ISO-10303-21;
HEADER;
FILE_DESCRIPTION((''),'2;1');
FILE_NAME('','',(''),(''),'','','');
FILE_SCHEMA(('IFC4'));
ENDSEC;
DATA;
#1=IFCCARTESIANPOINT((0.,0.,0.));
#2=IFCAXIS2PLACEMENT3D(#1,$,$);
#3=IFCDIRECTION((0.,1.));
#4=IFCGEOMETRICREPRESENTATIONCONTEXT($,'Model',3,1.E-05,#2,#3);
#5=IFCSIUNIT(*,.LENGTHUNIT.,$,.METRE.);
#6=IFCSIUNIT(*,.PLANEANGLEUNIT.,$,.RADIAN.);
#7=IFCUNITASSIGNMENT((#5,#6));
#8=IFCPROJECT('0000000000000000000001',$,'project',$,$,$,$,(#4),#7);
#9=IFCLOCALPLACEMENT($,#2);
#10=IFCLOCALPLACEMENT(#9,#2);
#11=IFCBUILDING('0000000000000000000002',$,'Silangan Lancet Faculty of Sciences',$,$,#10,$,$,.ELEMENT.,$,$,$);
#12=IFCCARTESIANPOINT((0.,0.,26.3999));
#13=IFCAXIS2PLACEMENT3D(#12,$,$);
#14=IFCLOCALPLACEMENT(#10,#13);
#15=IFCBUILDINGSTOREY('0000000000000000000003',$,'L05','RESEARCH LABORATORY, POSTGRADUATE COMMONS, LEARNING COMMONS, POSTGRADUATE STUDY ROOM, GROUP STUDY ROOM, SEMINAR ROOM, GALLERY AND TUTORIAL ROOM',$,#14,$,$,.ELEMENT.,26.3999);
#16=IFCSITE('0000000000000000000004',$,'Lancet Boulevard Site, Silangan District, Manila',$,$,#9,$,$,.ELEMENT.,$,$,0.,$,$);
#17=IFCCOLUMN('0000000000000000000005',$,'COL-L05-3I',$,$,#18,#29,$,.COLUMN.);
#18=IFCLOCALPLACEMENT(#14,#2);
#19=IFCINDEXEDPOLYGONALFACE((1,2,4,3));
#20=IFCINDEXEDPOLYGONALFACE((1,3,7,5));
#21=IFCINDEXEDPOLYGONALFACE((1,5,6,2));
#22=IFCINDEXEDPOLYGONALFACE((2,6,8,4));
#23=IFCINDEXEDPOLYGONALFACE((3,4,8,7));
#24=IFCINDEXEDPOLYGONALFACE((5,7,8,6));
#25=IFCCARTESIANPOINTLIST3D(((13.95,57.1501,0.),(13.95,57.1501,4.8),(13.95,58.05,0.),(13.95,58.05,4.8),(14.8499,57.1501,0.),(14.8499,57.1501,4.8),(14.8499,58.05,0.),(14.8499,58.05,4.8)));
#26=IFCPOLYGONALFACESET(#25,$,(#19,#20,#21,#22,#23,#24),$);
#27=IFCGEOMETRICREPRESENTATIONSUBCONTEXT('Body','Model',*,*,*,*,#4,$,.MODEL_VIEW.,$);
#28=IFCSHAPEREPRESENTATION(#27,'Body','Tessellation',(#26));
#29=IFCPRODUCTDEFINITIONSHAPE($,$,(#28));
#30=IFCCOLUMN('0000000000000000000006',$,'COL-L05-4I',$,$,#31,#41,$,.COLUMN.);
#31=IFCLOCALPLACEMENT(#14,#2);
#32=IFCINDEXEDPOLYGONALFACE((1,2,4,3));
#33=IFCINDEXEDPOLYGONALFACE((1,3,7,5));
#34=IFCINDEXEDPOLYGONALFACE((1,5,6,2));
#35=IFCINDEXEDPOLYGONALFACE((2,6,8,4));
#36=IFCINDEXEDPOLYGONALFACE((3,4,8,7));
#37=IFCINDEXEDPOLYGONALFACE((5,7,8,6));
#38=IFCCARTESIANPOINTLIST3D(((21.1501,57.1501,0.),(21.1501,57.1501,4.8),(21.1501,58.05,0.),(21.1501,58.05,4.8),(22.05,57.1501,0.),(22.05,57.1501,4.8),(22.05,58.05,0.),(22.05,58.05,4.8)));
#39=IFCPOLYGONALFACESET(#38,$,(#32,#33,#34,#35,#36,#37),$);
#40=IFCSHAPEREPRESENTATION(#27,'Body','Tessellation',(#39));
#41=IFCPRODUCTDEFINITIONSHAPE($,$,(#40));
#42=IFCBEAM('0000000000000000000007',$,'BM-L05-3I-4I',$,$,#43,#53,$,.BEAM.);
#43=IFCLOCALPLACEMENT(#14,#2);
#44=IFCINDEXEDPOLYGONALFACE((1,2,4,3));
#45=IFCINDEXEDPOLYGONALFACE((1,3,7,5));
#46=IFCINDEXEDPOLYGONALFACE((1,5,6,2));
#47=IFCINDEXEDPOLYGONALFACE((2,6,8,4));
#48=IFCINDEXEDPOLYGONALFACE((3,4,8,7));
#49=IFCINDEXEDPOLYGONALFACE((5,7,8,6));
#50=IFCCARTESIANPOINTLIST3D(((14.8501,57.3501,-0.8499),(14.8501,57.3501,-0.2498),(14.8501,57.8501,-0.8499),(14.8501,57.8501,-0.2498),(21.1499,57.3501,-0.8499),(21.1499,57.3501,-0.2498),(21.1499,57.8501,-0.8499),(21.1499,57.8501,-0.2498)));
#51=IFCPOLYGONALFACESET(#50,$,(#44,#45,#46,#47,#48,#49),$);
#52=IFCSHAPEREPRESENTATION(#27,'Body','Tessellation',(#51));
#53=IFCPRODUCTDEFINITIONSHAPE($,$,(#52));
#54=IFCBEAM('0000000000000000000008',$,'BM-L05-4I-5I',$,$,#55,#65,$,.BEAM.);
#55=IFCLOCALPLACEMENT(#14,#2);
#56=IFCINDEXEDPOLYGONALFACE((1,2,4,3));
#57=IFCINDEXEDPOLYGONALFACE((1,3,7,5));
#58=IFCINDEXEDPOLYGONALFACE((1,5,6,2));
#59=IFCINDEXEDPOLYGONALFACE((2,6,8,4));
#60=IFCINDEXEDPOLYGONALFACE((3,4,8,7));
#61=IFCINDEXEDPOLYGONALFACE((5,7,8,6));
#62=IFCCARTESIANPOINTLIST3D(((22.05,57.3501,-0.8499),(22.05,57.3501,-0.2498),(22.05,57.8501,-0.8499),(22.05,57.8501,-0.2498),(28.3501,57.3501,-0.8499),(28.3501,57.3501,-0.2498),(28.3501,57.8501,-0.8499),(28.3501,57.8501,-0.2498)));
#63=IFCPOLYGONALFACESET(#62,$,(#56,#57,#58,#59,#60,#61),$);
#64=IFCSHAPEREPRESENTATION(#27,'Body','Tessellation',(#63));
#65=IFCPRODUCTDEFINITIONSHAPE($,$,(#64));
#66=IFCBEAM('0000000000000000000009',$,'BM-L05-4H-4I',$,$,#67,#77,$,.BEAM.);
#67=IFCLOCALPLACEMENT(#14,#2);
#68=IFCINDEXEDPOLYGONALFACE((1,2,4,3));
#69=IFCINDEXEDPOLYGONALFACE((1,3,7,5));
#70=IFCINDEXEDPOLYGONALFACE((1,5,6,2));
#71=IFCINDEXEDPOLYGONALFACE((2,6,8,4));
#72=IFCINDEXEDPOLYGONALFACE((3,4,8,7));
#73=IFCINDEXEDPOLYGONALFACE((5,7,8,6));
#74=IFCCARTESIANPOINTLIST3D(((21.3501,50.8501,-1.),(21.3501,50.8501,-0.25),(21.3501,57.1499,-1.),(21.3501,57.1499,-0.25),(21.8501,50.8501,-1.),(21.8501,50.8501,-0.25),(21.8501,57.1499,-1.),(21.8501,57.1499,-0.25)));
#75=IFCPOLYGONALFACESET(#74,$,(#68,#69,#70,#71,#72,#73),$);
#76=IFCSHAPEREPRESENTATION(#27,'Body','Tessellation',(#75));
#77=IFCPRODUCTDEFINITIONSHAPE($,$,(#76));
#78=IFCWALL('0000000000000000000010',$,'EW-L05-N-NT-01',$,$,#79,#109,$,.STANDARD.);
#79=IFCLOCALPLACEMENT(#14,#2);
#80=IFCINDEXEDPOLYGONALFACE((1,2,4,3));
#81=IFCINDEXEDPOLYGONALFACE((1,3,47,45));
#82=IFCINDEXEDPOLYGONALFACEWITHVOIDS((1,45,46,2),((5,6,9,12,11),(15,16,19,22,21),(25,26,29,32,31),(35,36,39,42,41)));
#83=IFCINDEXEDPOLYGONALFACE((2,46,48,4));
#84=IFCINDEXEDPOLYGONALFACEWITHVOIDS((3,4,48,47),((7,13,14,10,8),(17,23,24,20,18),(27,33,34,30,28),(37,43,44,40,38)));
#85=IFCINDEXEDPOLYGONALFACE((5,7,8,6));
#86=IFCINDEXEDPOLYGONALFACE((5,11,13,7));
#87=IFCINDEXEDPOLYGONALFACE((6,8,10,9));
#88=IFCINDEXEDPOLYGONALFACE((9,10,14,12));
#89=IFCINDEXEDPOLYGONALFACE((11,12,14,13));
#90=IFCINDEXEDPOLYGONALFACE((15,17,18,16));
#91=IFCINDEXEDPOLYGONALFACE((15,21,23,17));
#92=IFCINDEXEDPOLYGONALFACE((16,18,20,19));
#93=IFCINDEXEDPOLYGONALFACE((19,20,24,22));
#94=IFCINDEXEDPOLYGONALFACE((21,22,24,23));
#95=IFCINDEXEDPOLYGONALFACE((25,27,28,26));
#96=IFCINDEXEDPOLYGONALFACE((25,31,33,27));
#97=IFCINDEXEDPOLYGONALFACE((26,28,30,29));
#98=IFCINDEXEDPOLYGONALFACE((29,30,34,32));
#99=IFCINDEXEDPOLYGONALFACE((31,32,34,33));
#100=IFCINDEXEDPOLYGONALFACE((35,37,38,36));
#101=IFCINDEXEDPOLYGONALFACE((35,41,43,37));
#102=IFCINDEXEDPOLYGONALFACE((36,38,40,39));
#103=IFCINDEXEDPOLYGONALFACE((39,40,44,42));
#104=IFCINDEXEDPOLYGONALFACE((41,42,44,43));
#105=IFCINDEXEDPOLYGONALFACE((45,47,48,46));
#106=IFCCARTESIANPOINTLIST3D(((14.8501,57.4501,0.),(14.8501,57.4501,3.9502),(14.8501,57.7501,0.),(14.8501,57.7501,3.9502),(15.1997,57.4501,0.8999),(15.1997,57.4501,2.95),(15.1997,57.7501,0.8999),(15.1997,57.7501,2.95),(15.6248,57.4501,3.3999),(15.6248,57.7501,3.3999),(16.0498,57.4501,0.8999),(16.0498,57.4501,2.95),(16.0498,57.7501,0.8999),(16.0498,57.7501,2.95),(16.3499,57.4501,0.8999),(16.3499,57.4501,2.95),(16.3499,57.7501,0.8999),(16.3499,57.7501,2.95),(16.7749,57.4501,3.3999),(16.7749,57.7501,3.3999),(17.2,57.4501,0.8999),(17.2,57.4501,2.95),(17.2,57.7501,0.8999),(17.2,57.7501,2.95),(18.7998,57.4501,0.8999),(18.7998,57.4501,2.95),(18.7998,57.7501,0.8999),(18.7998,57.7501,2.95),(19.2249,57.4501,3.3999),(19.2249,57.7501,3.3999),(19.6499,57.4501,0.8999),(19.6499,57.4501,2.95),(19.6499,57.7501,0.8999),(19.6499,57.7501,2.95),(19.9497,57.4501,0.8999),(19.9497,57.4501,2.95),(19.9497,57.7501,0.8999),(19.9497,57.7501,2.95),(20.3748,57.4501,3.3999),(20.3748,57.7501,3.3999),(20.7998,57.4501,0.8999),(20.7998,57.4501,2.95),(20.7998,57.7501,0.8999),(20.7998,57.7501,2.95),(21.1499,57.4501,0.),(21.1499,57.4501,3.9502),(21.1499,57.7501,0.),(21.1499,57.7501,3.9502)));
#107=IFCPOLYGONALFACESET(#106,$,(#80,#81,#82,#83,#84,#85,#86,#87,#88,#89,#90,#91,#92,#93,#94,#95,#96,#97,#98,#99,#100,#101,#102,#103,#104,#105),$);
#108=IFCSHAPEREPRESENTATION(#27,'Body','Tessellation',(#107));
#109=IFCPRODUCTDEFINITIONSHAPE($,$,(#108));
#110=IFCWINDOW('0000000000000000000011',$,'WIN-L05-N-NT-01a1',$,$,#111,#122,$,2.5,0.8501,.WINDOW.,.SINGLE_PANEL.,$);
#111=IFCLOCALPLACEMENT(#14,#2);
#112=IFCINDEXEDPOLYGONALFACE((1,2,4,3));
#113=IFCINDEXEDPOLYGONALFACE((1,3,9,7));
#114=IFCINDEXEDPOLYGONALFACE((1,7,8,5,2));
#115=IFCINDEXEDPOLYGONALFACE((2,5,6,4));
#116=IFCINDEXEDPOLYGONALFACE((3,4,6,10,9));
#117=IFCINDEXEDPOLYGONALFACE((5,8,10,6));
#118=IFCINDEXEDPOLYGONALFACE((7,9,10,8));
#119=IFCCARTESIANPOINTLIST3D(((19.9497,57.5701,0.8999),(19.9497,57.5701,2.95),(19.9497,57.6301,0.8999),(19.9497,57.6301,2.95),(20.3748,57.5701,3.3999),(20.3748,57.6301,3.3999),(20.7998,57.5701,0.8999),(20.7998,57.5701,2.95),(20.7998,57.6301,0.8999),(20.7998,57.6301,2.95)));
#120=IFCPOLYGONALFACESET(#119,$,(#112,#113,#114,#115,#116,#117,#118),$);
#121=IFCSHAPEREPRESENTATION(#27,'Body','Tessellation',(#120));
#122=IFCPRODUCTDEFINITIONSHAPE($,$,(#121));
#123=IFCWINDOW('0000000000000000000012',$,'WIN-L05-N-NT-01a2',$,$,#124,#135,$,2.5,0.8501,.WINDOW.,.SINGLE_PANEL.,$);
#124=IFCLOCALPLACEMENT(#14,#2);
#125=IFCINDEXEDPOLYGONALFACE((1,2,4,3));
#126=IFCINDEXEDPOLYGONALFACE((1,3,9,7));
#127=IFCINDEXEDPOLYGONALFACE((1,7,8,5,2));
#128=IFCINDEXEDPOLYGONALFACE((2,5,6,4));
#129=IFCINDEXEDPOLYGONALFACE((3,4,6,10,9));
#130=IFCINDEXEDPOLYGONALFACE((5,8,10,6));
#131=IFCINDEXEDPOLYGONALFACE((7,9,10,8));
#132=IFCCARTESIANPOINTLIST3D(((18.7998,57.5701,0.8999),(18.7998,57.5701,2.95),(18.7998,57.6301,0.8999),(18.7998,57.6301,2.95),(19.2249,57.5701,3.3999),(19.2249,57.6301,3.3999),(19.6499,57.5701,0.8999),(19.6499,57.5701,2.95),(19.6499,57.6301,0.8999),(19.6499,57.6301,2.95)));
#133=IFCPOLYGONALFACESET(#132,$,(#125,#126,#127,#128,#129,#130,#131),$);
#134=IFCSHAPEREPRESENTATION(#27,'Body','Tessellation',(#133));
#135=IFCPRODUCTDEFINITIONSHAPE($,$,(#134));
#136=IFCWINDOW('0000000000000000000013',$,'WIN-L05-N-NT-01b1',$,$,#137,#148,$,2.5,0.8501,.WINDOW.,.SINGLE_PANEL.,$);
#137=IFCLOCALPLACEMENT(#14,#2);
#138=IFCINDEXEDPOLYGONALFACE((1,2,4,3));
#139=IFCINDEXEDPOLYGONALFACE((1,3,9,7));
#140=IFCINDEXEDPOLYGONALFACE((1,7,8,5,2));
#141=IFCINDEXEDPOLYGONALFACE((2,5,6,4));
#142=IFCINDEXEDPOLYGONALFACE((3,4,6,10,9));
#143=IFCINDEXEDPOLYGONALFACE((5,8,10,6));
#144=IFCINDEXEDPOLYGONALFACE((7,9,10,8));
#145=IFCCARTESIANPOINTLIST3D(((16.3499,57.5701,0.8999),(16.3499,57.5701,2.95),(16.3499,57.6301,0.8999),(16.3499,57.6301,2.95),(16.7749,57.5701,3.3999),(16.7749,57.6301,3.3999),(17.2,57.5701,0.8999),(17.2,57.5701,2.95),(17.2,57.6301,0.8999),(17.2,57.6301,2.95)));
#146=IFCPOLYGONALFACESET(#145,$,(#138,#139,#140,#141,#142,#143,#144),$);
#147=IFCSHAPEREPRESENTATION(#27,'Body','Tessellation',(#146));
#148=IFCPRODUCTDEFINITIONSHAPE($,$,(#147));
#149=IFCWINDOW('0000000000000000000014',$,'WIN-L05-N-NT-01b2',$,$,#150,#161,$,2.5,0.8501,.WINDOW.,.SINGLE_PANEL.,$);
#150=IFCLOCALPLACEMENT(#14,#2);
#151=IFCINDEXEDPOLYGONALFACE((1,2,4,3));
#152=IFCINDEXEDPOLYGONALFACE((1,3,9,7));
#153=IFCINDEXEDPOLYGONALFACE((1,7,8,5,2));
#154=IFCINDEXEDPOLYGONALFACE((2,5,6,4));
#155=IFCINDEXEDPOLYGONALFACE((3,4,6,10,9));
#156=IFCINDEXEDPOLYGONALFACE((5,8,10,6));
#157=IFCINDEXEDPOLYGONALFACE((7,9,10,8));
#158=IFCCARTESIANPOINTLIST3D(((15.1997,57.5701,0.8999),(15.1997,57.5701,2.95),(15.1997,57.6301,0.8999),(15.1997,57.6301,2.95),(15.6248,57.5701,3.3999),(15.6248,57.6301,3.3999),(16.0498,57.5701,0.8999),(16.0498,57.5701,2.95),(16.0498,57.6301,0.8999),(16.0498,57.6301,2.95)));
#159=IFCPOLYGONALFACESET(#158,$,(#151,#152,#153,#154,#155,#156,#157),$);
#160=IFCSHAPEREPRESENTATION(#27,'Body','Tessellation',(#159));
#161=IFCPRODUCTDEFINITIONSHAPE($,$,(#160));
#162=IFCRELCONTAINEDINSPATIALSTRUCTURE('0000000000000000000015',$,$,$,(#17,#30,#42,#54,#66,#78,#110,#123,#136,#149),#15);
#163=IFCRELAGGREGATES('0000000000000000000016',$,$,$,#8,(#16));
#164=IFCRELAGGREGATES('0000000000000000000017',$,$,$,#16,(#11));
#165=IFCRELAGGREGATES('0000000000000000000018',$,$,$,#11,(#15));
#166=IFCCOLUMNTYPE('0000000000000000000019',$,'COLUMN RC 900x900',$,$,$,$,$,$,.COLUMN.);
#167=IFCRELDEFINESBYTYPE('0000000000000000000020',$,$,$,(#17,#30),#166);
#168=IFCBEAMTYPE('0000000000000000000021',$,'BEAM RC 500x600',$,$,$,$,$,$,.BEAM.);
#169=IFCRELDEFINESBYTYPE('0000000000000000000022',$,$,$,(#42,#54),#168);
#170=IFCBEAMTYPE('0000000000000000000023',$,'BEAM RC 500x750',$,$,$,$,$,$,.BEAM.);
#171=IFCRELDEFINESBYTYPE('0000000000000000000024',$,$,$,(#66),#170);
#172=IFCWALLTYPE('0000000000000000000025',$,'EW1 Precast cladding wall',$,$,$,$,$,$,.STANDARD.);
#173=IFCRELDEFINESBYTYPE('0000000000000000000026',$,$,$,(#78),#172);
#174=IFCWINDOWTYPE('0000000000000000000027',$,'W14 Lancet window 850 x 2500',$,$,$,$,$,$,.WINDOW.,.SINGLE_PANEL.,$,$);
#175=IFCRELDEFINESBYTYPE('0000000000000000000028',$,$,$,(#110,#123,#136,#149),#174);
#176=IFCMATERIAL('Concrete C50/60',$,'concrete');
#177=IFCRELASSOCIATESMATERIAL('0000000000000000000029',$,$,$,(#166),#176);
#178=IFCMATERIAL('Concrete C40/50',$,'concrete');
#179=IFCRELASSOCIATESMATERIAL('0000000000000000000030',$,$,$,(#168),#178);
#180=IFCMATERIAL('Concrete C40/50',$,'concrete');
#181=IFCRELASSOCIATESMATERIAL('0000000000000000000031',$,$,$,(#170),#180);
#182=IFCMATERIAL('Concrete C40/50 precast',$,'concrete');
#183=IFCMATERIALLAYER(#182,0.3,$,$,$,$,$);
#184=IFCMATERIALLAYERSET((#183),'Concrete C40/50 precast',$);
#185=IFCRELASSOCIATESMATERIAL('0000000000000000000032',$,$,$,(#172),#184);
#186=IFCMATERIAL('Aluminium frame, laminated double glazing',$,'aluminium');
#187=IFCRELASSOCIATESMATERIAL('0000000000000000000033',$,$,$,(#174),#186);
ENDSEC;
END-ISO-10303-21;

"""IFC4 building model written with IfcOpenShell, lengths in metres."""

from ifc_helpers import new_model, si_unit, direction, frame, frame_2d, origin, origin_2d, place, context, subcontext, project, spatial, polyline, rectangle, outline, extrude, material, layer, layer_set, material_profile, profile_set, type_object, element, fill, save


model = new_model("IFC4")

# Units and contexts
model_context = context("Model", 3, precision=1e-05, world=origin(), true_north=direction((0.0, 1.0)))
body_context = subcontext(model_context, "Body", "Model", "MODEL_VIEW")
ifc_project = project(units=[si_unit("LENGTHUNIT", "METRE"), si_unit("PLANEANGLEUNIT", "RADIAN")], contexts=[model_context])

# Site, building, storey
site_placement = place(None, origin())
site = spatial("IfcSite", under=ifc_project, at=site_placement, Name="Lancet Boulevard Site, Silangan District, Manila", CompositionType="ELEMENT", RefElevation=0.0)
building_placement = place(site_placement, origin())
building = spatial("IfcBuilding", under=site, at=building_placement, Name="Silangan Lancet Faculty of Sciences", CompositionType="ELEMENT")
storey_placement = place(building_placement, frame((0.0, 0.0, 26.3999)))
storey = spatial("IfcBuildingStorey", under=building, at=storey_placement, Name="L05", Description="RESEARCH LABORATORY, POSTGRADUATE COMMONS, LEARNING COMMONS, POSTGRADUATE STUDY ROOM, GROUP STUDY ROOM, SEMINAR ROOM, GALLERY AND TUTORIAL ROOM", CompositionType="ELEMENT", Elevation=26.3999)

# Columns
ifc_material_1 = material(Name="Concrete C50/60", Category="concrete")
ifc_material_profile_1 = material_profile(ifc_material_1, rectangle(XDim=0.8999, YDim=0.8999, at=origin_2d()), Name="RC 900x900")
ifc_profile_set_1 = profile_set([ifc_material_profile_1], Name="Concrete C50/60")
column_type = type_object("IfcColumnType", Name="COLUMN RC 900x900", PredefinedType="COLUMN", material=ifc_profile_set_1)
for number, where, z_axis, x_axis, name in (
    (1, (14.3999, 57.6001, 0.0), (0.0, 0.0, 1.0), (1.0, 0.0, 0.0), "COL-L05-3I"),
    (2, (21.6001, 57.6001, 0.0), (0.0, 0.0, 1.0), (1.0, 0.0, 0.0), "COL-L05-4I"),
):
    element("IfcColumn", number, at=place(storey_placement, frame(where, z_axis=z_axis, x_axis=x_axis)), inside=storey, type_object=column_type, Name=name, PredefinedType="COLUMN", context=body_context, shape_type="SweptSolid", body=[
        extrude(rectangle(XDim=0.8999, YDim=0.8999, at=origin_2d()), origin(), (0.0, 0.0, 1.0), 4.8),
    ])

# Beams
ifc_material_2 = material(Name="Concrete C40/50", Category="concrete")
ifc_material_profile_2 = material_profile(ifc_material_2, rectangle(XDim=0.5, YDim=0.6001, at=origin_2d()), Name="RC 500x600")
ifc_profile_set_2 = profile_set([ifc_material_profile_2], Name="Concrete C40/50")
beam_type_1 = type_object("IfcBeamType", Name="BEAM RC 500x600", PredefinedType="BEAM", material=ifc_profile_set_2)
beam_1_placement = place(storey_placement, frame((14.8501, 57.6001, -0.5498), z_axis=(1.0, 0.0, 0.0), x_axis=(0.0, 1.0, 0.0)))
element("IfcBeam", 3, at=beam_1_placement, inside=storey, type_object=beam_type_1, Name="BM-L05-3I-4I", PredefinedType="BEAM", context=body_context, shape_type="SweptSolid", body=[
    extrude(rectangle(XDim=0.5, YDim=0.6001, at=origin_2d()), origin(), (0.0, 0.0, 1.0), 6.2998),
])
beam_2_placement = place(storey_placement, frame((22.05, 57.6001, -0.5498), z_axis=(1.0, 0.0, 0.0), x_axis=(0.0, 1.0, 0.0)))
element("IfcBeam", 4, at=beam_2_placement, inside=storey, type_object=beam_type_1, Name="BM-L05-4I-5I", PredefinedType="BEAM", context=body_context, shape_type="SweptSolid", body=[
    extrude(rectangle(XDim=0.5, YDim=0.6001, at=origin_2d()), origin(), (0.0, 0.0, 1.0), 6.3),
])
ifc_material_3 = material(Name="Concrete C40/50", Category="concrete")
ifc_material_profile_3 = material_profile(ifc_material_3, rectangle(XDim=0.5, YDim=0.75, at=origin_2d()), Name="RC 500x750")
ifc_profile_set_3 = profile_set([ifc_material_profile_3], Name="Concrete C40/50")
beam_type_2 = type_object("IfcBeamType", Name="BEAM RC 500x750", PredefinedType="BEAM", material=ifc_profile_set_3)
beam_3_placement = place(storey_placement, frame((21.6001, 50.8501, -0.625), z_axis=(0.0, 1.0, 0.0), x_axis=(-1.0, 0.0, 0.0)))
element("IfcBeam", 5, at=beam_3_placement, inside=storey, type_object=beam_type_2, Name="BM-L05-4H-4I", PredefinedType="BEAM", context=body_context, shape_type="SweptSolid", body=[
    extrude(rectangle(XDim=0.5, YDim=0.75, at=origin_2d()), origin(), (0.0, 0.0, 1.0), 6.2998),
])

# Wall, openings, windows
ifc_material_4 = material(Name="Concrete C40/50 precast", Category="concrete")
ifc_layer_1 = layer(ifc_material_4, 0.3)
ifc_layer_set_1 = layer_set([ifc_layer_1], Name="Concrete C40/50 precast")
wall_type_1 = type_object("IfcWallType", Name="EW1 Precast cladding wall", PredefinedType="STANDARD", material=ifc_layer_set_1)
wall_1_placement = place(storey_placement, frame((21.1499, 57.6001, 0.0), z_axis=(0.0, 0.0, 1.0), x_axis=(-1.0, 0.0, 0.0)))
wall_1 = element("IfcWall", 6, at=wall_1_placement, inside=storey, type_object=wall_type_1, Name="EW-L05-N-NT-01", PredefinedType="STANDARD", context=body_context, shape_type="SweptSolid", body=[
    extrude(rectangle(XDim=6.2998, YDim=0.3, at=frame_2d((3.1499, 0.0))), origin(), (0.0, 0.0, 1.0), 3.9502),
])
opening_1_placement = place(wall_1_placement, frame((0.3501, 0.0, 0.8999)))
opening_1 = element("IfcOpeningElement", 7, at=opening_1_placement, cuts=wall_1, PredefinedType="OPENING", context=body_context, shape_type="SweptSolid", body=[
    extrude(outline(polyline([(0.0, 0.0), (0.8501, 0.0), (0.8501, 2.05), (0.425, 2.5), (0.0, 2.05), (0.0, 0.0)])), frame((0.0, 0.1599, 0.0), z_axis=(0.0, -1.0, 0.0), x_axis=(1.0, 0.0, 0.0)), (0.0, 0.0, 1.0), 0.3201),
])
opening_2_placement = place(wall_1_placement, frame((1.5, 0.0, 0.8999)))
opening_2 = element("IfcOpeningElement", 8, at=opening_2_placement, cuts=wall_1, PredefinedType="OPENING", context=body_context, shape_type="SweptSolid", body=[
    extrude(outline(polyline([(0.0, 0.0), (0.8501, 0.0), (0.8501, 2.05), (0.425, 2.5), (0.0, 2.05), (0.0, 0.0)])), frame((0.0, 0.1599, 0.0), z_axis=(0.0, -1.0, 0.0), x_axis=(1.0, 0.0, 0.0)), (0.0, 0.0, 1.0), 0.3201),
])
opening_3_placement = place(wall_1_placement, frame((3.95, 0.0, 0.8999)))
opening_3 = element("IfcOpeningElement", 9, at=opening_3_placement, cuts=wall_1, PredefinedType="OPENING", context=body_context, shape_type="SweptSolid", body=[
    extrude(outline(polyline([(0.0, 0.0), (0.8501, 0.0), (0.8501, 2.05), (0.425, 2.5), (0.0, 2.05), (0.0, 0.0)])), frame((0.0, 0.1599, 0.0), z_axis=(0.0, -1.0, 0.0), x_axis=(1.0, 0.0, 0.0)), (0.0, 0.0, 1.0), 0.3201),
])
opening_4_placement = place(wall_1_placement, frame((5.1001, 0.0, 0.8999)))
opening_4 = element("IfcOpeningElement", 10, at=opening_4_placement, cuts=wall_1, PredefinedType="OPENING", context=body_context, shape_type="SweptSolid", body=[
    extrude(outline(polyline([(0.0, 0.0), (0.8501, 0.0), (0.8501, 2.05), (0.425, 2.5), (0.0, 2.05), (0.0, 0.0)])), frame((0.0, 0.1599, 0.0), z_axis=(0.0, -1.0, 0.0), x_axis=(1.0, 0.0, 0.0)), (0.0, 0.0, 1.0), 0.3201),
])
ifc_material_5 = material(Name="Aluminium frame, laminated double glazing", Category="aluminium")
window_type_1 = type_object("IfcWindowType", Name="W14 Lancet window 850 x 2500", PartitioningType="SINGLE_PANEL", PredefinedType="WINDOW", material=ifc_material_5)
window_1_placement = place(opening_1_placement, origin())
window_1 = element("IfcWindow", 11, at=window_1_placement, inside=storey, type_object=window_type_1, Name="WIN-L05-N-NT-01a1", OverallHeight=2.5, OverallWidth=0.8501, PartitioningType="SINGLE_PANEL", PredefinedType="WINDOW", context=body_context, shape_type="SweptSolid", body=[
    extrude(outline(polyline([(0.0, 0.0), (0.8501, 0.0), (0.8501, 2.05), (0.425, 2.5), (0.0, 2.05), (0.0, 0.0)])), frame((0.0, 0.03, 0.0), z_axis=(0.0, -1.0, 0.0), x_axis=(1.0, 0.0, 0.0)), (0.0, 0.0, 1.0), 0.0601),
])
fill(opening_1, window_1)
window_2_placement = place(opening_2_placement, origin())
window_2 = element("IfcWindow", 12, at=window_2_placement, inside=storey, type_object=window_type_1, Name="WIN-L05-N-NT-01a2", OverallHeight=2.5, OverallWidth=0.8501, PartitioningType="SINGLE_PANEL", PredefinedType="WINDOW", context=body_context, shape_type="SweptSolid", body=[
    extrude(outline(polyline([(0.0, 0.0), (0.8501, 0.0), (0.8501, 2.05), (0.425, 2.5), (0.0, 2.05), (0.0, 0.0)])), frame((0.0, 0.03, 0.0), z_axis=(0.0, -1.0, 0.0), x_axis=(1.0, 0.0, 0.0)), (0.0, 0.0, 1.0), 0.0601),
])
fill(opening_2, window_2)
window_3_placement = place(opening_3_placement, origin())
window_3 = element("IfcWindow", 13, at=window_3_placement, inside=storey, type_object=window_type_1, Name="WIN-L05-N-NT-01b1", OverallHeight=2.5, OverallWidth=0.8501, PartitioningType="SINGLE_PANEL", PredefinedType="WINDOW", context=body_context, shape_type="SweptSolid", body=[
    extrude(outline(polyline([(0.0, 0.0), (0.8501, 0.0), (0.8501, 2.05), (0.425, 2.5), (0.0, 2.05), (0.0, 0.0)])), frame((0.0, 0.03, 0.0), z_axis=(0.0, -1.0, 0.0), x_axis=(1.0, 0.0, 0.0)), (0.0, 0.0, 1.0), 0.0601),
])
fill(opening_3, window_3)
window_4_placement = place(opening_4_placement, origin())
window_4 = element("IfcWindow", 14, at=window_4_placement, inside=storey, type_object=window_type_1, Name="WIN-L05-N-NT-01b2", OverallHeight=2.5, OverallWidth=0.8501, PartitioningType="SINGLE_PANEL", PredefinedType="WINDOW", context=body_context, shape_type="SweptSolid", body=[
    extrude(outline(polyline([(0.0, 0.0), (0.8501, 0.0), (0.8501, 2.05), (0.425, 2.5), (0.0, 2.05), (0.0, 0.0)])), frame((0.0, 0.03, 0.0), z_axis=(0.0, -1.0, 0.0), x_axis=(1.0, 0.0, 0.0)), (0.0, 0.0, 1.0), 0.0601),
])
fill(opening_4, window_4)

save(model, "model.ifc")
